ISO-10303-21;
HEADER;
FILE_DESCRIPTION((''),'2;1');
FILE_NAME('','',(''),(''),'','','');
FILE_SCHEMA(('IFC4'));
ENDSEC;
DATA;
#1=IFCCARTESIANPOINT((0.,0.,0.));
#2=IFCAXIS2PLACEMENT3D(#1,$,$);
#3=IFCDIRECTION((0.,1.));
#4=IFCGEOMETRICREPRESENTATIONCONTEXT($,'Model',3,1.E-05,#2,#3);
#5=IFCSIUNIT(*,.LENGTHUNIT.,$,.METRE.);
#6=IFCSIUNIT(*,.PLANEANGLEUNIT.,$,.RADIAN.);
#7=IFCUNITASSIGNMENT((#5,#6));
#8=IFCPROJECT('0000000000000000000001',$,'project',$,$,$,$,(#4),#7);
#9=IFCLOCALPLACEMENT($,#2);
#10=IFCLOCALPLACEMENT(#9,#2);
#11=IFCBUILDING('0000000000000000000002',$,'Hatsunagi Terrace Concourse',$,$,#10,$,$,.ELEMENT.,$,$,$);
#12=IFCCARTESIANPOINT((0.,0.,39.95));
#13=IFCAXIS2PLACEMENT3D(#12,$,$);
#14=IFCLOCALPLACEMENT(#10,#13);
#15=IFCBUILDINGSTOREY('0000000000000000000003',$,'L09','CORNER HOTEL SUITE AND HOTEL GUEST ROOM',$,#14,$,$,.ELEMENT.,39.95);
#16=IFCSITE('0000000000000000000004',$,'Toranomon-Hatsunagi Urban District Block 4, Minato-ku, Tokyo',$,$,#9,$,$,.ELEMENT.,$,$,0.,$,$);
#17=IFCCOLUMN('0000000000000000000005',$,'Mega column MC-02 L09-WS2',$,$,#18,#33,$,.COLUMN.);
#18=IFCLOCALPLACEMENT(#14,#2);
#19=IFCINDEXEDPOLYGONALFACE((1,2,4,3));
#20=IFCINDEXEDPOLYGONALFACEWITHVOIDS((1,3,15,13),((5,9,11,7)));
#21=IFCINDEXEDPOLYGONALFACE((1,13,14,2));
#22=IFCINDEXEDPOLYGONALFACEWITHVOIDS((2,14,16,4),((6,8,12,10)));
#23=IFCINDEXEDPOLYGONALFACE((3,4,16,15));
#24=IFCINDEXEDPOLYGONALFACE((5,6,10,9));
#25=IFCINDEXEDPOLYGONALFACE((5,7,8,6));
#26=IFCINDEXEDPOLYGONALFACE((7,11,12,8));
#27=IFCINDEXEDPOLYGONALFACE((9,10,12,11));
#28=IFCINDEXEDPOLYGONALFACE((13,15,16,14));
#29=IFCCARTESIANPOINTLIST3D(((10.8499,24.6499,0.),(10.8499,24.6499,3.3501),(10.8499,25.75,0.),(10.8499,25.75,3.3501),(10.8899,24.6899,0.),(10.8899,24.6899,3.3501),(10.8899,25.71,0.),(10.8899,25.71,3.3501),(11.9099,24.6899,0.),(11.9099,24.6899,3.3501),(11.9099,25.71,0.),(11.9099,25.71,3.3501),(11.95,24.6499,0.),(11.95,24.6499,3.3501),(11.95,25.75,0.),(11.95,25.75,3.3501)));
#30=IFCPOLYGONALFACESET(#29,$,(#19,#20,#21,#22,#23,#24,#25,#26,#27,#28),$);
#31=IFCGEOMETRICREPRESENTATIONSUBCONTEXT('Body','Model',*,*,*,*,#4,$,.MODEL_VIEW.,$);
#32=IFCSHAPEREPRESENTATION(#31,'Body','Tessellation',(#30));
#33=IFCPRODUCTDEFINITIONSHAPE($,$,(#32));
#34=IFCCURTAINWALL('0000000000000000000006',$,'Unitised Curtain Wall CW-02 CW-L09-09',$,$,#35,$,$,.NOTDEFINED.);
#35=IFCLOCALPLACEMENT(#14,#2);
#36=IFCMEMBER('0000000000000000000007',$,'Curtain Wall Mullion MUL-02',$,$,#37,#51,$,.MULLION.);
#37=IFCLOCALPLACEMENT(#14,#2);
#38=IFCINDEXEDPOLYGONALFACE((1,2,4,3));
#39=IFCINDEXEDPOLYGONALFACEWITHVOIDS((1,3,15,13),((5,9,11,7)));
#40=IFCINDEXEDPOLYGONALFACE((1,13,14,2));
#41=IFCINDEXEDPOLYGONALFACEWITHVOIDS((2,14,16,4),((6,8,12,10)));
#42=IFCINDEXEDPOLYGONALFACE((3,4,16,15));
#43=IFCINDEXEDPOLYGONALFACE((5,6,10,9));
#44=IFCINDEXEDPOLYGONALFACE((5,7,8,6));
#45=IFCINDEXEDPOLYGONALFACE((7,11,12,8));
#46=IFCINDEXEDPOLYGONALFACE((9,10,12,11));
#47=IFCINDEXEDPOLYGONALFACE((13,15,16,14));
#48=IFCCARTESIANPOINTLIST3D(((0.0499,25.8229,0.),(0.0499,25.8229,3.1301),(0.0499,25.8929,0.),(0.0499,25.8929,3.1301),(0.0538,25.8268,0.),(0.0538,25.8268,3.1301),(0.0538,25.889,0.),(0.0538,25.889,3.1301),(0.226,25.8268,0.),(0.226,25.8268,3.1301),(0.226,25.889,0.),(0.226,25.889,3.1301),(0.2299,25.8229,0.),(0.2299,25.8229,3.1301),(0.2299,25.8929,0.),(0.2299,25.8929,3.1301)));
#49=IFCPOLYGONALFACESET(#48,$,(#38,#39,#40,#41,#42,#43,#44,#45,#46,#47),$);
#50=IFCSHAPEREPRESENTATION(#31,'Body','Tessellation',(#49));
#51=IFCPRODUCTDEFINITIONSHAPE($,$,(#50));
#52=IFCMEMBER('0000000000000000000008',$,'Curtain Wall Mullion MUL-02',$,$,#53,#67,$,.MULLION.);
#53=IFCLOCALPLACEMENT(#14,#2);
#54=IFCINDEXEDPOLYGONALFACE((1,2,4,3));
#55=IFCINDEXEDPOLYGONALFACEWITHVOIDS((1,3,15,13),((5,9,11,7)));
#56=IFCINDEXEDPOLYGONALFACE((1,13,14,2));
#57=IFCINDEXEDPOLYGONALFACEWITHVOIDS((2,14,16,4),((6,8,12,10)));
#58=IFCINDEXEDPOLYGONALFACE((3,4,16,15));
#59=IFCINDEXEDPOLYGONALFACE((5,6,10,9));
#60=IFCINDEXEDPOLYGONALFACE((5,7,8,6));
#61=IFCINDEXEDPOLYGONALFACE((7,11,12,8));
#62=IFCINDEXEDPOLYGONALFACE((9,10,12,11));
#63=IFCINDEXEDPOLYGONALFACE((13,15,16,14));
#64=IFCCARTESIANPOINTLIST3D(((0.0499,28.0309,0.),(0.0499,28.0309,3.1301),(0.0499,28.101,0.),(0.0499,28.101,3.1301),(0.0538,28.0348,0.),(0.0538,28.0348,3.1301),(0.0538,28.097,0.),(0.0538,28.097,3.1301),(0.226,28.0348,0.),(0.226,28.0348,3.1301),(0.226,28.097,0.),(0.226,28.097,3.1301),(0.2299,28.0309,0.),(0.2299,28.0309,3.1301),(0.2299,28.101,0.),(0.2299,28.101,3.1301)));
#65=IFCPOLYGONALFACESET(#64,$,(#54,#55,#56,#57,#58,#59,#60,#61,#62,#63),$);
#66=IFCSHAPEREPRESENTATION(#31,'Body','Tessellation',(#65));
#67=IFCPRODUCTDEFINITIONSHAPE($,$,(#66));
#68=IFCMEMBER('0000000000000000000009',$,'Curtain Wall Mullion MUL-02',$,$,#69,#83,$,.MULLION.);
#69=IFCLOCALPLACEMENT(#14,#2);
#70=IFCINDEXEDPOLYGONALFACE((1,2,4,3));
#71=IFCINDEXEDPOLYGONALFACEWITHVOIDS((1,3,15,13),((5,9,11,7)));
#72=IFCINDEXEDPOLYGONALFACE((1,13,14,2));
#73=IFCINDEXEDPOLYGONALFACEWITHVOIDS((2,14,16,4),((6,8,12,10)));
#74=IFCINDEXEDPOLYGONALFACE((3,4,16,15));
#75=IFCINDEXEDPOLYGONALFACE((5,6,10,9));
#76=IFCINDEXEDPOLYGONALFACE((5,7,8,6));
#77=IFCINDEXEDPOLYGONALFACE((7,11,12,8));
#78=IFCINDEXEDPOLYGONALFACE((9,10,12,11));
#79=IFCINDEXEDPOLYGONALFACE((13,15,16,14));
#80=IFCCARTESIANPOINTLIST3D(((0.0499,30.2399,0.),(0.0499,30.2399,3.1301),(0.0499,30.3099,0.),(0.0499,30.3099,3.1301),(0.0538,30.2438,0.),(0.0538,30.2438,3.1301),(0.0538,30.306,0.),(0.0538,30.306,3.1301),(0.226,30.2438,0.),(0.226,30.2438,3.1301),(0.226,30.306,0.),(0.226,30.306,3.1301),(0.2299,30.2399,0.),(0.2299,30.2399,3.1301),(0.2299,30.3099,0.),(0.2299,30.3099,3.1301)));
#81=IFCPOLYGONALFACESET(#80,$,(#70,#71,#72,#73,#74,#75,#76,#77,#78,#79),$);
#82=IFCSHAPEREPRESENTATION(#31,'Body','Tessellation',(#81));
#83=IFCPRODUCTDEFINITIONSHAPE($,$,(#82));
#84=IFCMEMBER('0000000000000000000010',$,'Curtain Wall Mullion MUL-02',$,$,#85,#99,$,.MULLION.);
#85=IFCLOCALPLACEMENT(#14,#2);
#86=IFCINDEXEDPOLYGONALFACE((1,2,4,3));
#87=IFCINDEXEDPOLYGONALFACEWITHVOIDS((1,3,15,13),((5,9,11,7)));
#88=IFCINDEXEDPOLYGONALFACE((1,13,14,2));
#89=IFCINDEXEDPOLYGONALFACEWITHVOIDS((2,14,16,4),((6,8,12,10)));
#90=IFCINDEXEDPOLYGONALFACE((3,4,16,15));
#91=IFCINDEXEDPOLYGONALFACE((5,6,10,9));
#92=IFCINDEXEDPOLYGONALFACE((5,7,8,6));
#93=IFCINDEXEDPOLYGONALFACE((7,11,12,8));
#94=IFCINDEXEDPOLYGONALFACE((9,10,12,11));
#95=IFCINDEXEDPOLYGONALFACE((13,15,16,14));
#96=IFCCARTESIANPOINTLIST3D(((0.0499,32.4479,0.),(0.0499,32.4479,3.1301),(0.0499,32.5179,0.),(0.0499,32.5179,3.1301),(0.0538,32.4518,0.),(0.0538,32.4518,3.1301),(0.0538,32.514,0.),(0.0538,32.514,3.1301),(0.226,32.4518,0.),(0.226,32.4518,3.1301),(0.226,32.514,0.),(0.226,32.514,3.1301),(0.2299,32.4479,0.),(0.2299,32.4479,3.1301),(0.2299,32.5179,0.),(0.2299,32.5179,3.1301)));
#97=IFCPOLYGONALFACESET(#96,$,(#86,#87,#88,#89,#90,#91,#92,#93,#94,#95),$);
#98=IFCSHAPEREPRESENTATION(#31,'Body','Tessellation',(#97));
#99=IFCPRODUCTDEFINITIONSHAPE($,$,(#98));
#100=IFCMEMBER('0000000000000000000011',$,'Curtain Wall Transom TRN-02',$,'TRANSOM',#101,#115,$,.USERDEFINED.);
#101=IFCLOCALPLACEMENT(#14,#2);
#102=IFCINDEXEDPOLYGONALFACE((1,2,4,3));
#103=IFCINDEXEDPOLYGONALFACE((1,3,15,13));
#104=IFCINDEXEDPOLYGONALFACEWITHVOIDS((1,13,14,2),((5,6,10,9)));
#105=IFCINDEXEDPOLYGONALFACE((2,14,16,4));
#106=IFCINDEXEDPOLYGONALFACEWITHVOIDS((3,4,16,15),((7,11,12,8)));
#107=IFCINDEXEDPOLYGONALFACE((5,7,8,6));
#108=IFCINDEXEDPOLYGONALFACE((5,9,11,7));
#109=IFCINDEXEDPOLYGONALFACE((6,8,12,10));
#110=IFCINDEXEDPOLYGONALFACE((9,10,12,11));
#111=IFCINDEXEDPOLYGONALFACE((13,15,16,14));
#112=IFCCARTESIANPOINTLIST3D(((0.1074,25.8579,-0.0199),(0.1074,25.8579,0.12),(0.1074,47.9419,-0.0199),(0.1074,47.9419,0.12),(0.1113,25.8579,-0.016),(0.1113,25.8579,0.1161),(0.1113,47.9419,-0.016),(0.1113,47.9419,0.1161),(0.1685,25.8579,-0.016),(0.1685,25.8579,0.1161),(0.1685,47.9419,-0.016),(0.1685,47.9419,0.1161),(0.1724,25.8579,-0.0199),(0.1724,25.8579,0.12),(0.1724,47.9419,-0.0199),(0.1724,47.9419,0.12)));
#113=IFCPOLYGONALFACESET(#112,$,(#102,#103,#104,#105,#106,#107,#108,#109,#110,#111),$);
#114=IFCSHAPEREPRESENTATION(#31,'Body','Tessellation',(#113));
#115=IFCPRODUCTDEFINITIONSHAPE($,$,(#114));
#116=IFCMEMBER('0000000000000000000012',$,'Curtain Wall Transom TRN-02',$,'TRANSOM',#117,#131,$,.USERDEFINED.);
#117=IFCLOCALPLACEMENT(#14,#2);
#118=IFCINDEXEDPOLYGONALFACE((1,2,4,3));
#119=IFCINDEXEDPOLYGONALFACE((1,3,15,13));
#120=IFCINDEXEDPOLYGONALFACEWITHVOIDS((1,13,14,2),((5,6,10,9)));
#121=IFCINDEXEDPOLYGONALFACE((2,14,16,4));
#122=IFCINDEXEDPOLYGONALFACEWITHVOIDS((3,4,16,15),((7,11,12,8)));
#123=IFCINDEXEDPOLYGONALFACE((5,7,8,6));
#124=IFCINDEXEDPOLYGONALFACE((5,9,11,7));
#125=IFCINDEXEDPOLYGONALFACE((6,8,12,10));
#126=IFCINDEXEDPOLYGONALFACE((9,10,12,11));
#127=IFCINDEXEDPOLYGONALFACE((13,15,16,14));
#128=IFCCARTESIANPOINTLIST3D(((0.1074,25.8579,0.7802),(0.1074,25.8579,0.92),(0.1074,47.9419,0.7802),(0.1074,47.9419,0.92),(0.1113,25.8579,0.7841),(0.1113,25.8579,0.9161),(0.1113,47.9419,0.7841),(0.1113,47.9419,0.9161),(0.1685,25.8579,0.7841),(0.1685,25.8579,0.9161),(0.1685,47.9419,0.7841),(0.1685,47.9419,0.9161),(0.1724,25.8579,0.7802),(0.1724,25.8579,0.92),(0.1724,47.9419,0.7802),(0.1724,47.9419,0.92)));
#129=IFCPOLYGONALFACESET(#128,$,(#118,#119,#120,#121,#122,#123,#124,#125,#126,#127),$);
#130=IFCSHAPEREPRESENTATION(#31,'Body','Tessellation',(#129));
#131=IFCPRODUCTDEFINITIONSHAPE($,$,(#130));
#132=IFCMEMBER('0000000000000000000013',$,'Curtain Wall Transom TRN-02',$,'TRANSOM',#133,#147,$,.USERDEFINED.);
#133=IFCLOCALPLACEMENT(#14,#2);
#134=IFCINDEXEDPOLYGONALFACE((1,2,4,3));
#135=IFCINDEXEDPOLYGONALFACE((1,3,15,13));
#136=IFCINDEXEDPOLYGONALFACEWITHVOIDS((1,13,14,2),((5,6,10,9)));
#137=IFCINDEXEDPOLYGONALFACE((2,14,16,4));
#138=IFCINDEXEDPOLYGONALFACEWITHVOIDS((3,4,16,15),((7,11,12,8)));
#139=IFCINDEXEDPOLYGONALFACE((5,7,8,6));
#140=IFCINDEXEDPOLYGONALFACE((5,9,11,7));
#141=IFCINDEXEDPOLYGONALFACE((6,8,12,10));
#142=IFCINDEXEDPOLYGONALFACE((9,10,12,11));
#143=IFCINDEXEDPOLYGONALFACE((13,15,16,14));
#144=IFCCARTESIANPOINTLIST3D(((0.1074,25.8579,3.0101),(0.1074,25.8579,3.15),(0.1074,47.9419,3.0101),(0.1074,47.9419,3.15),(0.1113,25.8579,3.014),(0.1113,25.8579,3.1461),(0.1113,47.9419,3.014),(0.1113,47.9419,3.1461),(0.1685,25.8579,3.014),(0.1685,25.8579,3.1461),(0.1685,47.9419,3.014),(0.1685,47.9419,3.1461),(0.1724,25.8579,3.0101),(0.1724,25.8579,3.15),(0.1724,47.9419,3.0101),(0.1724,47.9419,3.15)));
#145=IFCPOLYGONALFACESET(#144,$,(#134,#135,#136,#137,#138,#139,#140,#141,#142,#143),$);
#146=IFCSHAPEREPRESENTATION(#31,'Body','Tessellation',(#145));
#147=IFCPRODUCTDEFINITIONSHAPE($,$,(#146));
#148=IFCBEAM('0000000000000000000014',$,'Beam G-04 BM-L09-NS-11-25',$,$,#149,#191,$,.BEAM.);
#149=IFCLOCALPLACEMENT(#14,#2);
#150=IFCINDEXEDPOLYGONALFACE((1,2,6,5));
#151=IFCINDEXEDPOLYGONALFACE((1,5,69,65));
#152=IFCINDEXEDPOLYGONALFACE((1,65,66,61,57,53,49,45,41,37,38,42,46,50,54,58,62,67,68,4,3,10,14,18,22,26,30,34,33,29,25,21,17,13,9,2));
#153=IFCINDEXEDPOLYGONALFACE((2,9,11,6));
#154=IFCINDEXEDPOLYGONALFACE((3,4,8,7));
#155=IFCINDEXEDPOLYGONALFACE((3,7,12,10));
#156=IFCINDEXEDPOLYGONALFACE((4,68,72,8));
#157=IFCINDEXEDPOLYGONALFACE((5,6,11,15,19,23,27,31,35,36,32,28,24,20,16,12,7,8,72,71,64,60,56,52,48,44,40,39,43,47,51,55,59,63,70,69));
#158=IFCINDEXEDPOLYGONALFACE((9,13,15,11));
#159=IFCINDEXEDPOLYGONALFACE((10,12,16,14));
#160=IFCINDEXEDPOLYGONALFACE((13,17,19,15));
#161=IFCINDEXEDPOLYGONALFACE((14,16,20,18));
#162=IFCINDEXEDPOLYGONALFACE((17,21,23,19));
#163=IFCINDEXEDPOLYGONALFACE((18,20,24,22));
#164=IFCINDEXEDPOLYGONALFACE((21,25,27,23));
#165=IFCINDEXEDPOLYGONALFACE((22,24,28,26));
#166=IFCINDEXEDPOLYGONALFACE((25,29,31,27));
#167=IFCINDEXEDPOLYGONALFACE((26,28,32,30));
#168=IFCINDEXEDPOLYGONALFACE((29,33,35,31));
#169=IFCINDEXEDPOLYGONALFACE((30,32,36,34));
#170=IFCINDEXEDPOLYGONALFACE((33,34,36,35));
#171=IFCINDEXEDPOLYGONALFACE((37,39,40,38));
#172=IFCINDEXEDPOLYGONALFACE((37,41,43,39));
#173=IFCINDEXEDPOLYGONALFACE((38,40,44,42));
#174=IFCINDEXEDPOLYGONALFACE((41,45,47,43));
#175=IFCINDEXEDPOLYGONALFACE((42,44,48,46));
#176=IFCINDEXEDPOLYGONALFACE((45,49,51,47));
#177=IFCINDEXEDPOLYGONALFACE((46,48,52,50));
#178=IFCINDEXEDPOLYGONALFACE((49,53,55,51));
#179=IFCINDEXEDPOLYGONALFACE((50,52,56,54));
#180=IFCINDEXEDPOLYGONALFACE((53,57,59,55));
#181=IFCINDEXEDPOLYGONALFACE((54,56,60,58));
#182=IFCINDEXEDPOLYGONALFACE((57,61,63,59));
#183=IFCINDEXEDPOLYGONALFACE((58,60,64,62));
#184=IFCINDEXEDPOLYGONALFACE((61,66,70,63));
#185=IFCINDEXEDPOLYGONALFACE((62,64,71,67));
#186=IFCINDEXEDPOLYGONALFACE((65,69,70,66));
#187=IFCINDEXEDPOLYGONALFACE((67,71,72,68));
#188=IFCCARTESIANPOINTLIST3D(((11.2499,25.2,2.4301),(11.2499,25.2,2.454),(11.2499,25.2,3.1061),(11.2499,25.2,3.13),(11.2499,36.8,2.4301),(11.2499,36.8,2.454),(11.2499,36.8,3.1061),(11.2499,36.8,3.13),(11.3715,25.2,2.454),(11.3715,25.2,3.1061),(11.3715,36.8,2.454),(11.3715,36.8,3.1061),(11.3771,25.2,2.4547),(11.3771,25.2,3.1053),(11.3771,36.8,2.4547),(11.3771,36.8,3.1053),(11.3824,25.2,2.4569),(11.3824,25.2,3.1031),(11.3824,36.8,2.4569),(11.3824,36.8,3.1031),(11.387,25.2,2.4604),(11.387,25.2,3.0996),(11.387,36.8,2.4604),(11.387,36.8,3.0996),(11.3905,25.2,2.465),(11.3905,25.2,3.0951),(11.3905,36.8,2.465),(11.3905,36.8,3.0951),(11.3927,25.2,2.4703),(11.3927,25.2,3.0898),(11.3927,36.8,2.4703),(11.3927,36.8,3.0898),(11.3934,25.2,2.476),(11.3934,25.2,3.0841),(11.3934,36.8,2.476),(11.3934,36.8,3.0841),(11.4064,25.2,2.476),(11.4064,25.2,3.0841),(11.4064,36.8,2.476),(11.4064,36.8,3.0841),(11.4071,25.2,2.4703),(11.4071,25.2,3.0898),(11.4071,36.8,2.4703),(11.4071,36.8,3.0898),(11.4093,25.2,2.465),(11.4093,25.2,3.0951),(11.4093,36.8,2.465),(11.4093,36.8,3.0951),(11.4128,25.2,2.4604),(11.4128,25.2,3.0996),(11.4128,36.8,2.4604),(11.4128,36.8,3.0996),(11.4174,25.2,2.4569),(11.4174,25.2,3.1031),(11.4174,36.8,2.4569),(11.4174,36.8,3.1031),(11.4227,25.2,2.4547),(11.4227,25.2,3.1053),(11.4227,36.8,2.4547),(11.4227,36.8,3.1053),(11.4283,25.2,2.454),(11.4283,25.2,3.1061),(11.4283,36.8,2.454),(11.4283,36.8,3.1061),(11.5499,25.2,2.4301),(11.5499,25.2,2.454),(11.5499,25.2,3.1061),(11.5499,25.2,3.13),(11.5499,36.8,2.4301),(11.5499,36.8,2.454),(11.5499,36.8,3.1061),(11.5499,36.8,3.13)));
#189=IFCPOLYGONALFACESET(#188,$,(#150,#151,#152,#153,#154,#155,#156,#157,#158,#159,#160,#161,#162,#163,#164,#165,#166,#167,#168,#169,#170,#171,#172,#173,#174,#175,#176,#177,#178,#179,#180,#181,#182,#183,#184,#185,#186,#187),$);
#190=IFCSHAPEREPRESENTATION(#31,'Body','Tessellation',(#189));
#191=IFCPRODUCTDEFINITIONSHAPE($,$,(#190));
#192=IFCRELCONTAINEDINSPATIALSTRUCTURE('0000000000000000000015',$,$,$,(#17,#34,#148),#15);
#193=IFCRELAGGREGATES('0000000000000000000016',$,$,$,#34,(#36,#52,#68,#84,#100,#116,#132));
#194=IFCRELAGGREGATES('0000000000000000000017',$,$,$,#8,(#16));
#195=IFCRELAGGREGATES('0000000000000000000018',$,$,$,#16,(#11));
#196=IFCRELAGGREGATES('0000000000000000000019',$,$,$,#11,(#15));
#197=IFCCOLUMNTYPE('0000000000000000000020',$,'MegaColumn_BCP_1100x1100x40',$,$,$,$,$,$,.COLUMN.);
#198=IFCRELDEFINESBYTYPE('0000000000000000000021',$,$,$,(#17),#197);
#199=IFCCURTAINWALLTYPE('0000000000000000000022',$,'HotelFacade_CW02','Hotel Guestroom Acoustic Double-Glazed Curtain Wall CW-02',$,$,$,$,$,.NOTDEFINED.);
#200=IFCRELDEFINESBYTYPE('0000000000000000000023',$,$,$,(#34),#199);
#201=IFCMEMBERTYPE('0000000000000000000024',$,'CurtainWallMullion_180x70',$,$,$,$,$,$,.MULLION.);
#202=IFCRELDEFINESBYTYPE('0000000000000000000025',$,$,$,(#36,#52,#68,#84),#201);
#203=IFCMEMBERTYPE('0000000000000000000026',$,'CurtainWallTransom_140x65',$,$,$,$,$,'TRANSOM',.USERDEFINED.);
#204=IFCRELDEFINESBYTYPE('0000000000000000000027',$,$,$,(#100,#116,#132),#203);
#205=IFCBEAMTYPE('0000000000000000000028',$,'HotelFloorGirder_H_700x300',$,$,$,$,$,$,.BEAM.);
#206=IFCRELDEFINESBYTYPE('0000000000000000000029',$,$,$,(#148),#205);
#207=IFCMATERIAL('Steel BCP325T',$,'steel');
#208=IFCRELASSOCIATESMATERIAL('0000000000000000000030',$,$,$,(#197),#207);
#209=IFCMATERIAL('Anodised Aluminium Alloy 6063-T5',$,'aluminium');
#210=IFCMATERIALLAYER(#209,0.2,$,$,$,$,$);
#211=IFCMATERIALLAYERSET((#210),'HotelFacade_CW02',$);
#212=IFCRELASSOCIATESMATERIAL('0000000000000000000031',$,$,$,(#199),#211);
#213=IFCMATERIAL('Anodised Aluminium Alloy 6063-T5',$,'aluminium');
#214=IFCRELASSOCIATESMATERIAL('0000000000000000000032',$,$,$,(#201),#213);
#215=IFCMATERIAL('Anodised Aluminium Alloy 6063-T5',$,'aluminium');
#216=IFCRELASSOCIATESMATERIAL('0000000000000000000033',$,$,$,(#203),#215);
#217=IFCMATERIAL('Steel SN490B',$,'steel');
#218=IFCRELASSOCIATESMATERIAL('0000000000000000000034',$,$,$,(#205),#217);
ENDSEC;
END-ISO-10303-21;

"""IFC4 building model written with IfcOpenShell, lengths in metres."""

from ifc_helpers import new_model, si_unit, direction, frame, origin, origin_2d, place, context, subcontext, project, spatial, hollow_rectangle, i_section, extrude, material, layer, layer_set, material_profile, profile_set, type_object, element, aggregate, save


model = new_model("IFC4")

# Units and contexts
model_context = context("Model", 3, precision=1e-05, world=origin(), true_north=direction((0.0, 1.0)))
body_context = subcontext(model_context, "Body", "Model", "MODEL_VIEW")
ifc_project = project(units=[si_unit("LENGTHUNIT", "METRE"), si_unit("PLANEANGLEUNIT", "RADIAN")], contexts=[model_context])

# Site, building, storey
site_placement = place(None, origin())
site = spatial("IfcSite", under=ifc_project, at=site_placement, Name="Toranomon-Hatsunagi Urban District Block 4, Minato-ku, Tokyo", CompositionType="ELEMENT", RefElevation=0.0)
building_placement = place(site_placement, origin())
building = spatial("IfcBuilding", under=site, at=building_placement, Name="Hatsunagi Terrace Concourse", CompositionType="ELEMENT")
storey_placement = place(building_placement, frame((0.0, 0.0, 39.95)))
storey = spatial("IfcBuildingStorey", under=building, at=storey_placement, Name="L09", Description="CORNER HOTEL SUITE AND HOTEL GUEST ROOM", CompositionType="ELEMENT", Elevation=39.95)

# Column
ifc_material_1 = material(Name="Steel BCP325T", Category="steel")
ifc_material_profile_1 = material_profile(ifc_material_1, hollow_rectangle(XDim=1.1001, YDim=1.1001, WallThickness=0.04, at=origin_2d()), Name="BCP-1100x1100x40")
ifc_profile_set_1 = profile_set([ifc_material_profile_1], Name="Steel BCP325T")
column_type = type_object("IfcColumnType", Name="MegaColumn_BCP_1100x1100x40", PredefinedType="COLUMN", material=ifc_profile_set_1)
column_placement = place(storey_placement, frame((11.3999, 25.2, 0.0), z_axis=(0.0, 0.0, 1.0), x_axis=(1.0, 0.0, 0.0)))
element("IfcColumn", 1, at=column_placement, inside=storey, type_object=column_type, Name="Mega column MC-02 L09-WS2", PredefinedType="COLUMN", context=body_context, shape_type="SweptSolid", body=[
    extrude(hollow_rectangle(XDim=1.1001, YDim=1.1001, WallThickness=0.04, at=origin_2d()), origin(), (0.0, 0.0, 1.0), 3.3501),
])

# Curtain wall, members
ifc_material_2 = material(Name="Anodised Aluminium Alloy 6063-T5", Category="aluminium")
ifc_layer_1 = layer(ifc_material_2, 0.2)
ifc_layer_set_1 = layer_set([ifc_layer_1], Name="HotelFacade_CW02")
curtain_wall_type = type_object("IfcCurtainWallType", Name="HotelFacade_CW02", Description="Hotel Guestroom Acoustic Double-Glazed Curtain Wall CW-02", PredefinedType="NOTDEFINED", material=ifc_layer_set_1)
curtain_wall_placement = place(storey_placement, origin())
curtain_wall = element("IfcCurtainWall", 2, at=curtain_wall_placement, inside=storey, type_object=curtain_wall_type, Name="Unitised Curtain Wall CW-02 CW-L09-09", PredefinedType="NOTDEFINED")
ifc_material_3 = material(Name="Anodised Aluminium Alloy 6063-T5", Category="aluminium")
ifc_material_profile_2 = material_profile(ifc_material_3, hollow_rectangle(XDim=0.0701, YDim=0.1799, WallThickness=0.0039, at=origin_2d()), Name="ALU-MUL-180x70x4")
ifc_profile_set_2 = profile_set([ifc_material_profile_2], Name="Anodised Aluminium Alloy 6063-T5")
member_type_1 = type_object("IfcMemberType", Name="CurtainWallMullion_180x70", PredefinedType="MULLION", material=ifc_profile_set_2)
member_1_placement = place(storey_placement, frame((0.1399, 25.8579, 0.0), z_axis=(0.0, 0.0, 1.0), x_axis=(0.0, 1.0, 0.0)))
member_1 = element("IfcMember", 3, at=member_1_placement, type_object=member_type_1, Name="Curtain Wall Mullion MUL-02", PredefinedType="MULLION", context=body_context, shape_type="SweptSolid", body=[
    extrude(hollow_rectangle(XDim=0.0701, YDim=0.1799, WallThickness=0.0039, at=origin_2d()), origin(), (0.0, 0.0, 1.0), 3.1301),
])
member_2_placement = place(storey_placement, frame((0.1399, 28.0659, 0.0), z_axis=(0.0, 0.0, 1.0), x_axis=(0.0, 1.0, 0.0)))
member_2 = element("IfcMember", 4, at=member_2_placement, type_object=member_type_1, Name="Curtain Wall Mullion MUL-02", PredefinedType="MULLION", context=body_context, shape_type="SweptSolid", body=[
    extrude(hollow_rectangle(XDim=0.0701, YDim=0.1799, WallThickness=0.0039, at=origin_2d()), origin(), (0.0, 0.0, 1.0), 3.1301),
])
member_3_placement = place(storey_placement, frame((0.1399, 30.2749, 0.0), z_axis=(0.0, 0.0, 1.0), x_axis=(0.0, 1.0, 0.0)))
member_3 = element("IfcMember", 5, at=member_3_placement, type_object=member_type_1, Name="Curtain Wall Mullion MUL-02", PredefinedType="MULLION", context=body_context, shape_type="SweptSolid", body=[
    extrude(hollow_rectangle(XDim=0.0701, YDim=0.1799, WallThickness=0.0039, at=origin_2d()), origin(), (0.0, 0.0, 1.0), 3.1301),
])
member_4_placement = place(storey_placement, frame((0.1399, 32.4829, 0.0), z_axis=(0.0, 0.0, 1.0), x_axis=(0.0, 1.0, 0.0)))
member_4 = element("IfcMember", 6, at=member_4_placement, type_object=member_type_1, Name="Curtain Wall Mullion MUL-02", PredefinedType="MULLION", context=body_context, shape_type="SweptSolid", body=[
    extrude(hollow_rectangle(XDim=0.0701, YDim=0.1799, WallThickness=0.0039, at=origin_2d()), origin(), (0.0, 0.0, 1.0), 3.1301),
])
ifc_material_4 = material(Name="Anodised Aluminium Alloy 6063-T5", Category="aluminium")
ifc_material_profile_3 = material_profile(ifc_material_4, hollow_rectangle(XDim=0.0649, YDim=0.1399, WallThickness=0.0039, at=origin_2d()), Name="ALU-TRN-140x65x4")
ifc_profile_set_3 = profile_set([ifc_material_profile_3], Name="Anodised Aluminium Alloy 6063-T5")
member_type_2 = type_object("IfcMemberType", Name="CurtainWallTransom_140x65", ElementType="TRANSOM", PredefinedType="USERDEFINED", material=ifc_profile_set_3)
member_5_placement = place(storey_placement, frame((0.1399, 25.8579, 0.05), z_axis=(0.0, 1.0, 0.0), x_axis=(-1.0, 0.0, 0.0)))
member_5 = element("IfcMember", 7, at=member_5_placement, type_object=member_type_2, Name="Curtain Wall Transom TRN-02", ObjectType="TRANSOM", PredefinedType="USERDEFINED", context=body_context, shape_type="SweptSolid", body=[
    extrude(hollow_rectangle(XDim=0.0649, YDim=0.1399, WallThickness=0.0039, at=origin_2d()), origin(), (0.0, 0.0, 1.0), 22.084),
])
member_6_placement = place(storey_placement, frame((0.1399, 25.8579, 0.8501), z_axis=(0.0, 1.0, 0.0), x_axis=(-1.0, 0.0, 0.0)))
member_6 = element("IfcMember", 8, at=member_6_placement, type_object=member_type_2, Name="Curtain Wall Transom TRN-02", ObjectType="TRANSOM", PredefinedType="USERDEFINED", context=body_context, shape_type="SweptSolid", body=[
    extrude(hollow_rectangle(XDim=0.0649, YDim=0.1399, WallThickness=0.0039, at=origin_2d()), origin(), (0.0, 0.0, 1.0), 22.084),
])
member_7_placement = place(storey_placement, frame((0.1399, 25.8579, 3.0801), z_axis=(0.0, 1.0, 0.0), x_axis=(-1.0, 0.0, 0.0)))
member_7 = element("IfcMember", 9, at=member_7_placement, type_object=member_type_2, Name="Curtain Wall Transom TRN-02", ObjectType="TRANSOM", PredefinedType="USERDEFINED", context=body_context, shape_type="SweptSolid", body=[
    extrude(hollow_rectangle(XDim=0.0649, YDim=0.1399, WallThickness=0.0039, at=origin_2d()), origin(), (0.0, 0.0, 1.0), 22.084),
])

# Beam
ifc_material_5 = material(Name="Steel SN490B", Category="steel")
ifc_material_profile_4 = material_profile(ifc_material_5, i_section(OverallWidth=0.3, OverallDepth=0.7, WebThickness=0.0129, FlangeThickness=0.0239, FilletRadius=0.022, at=origin_2d()), Name="H-700x300x13x24")
ifc_profile_set_4 = profile_set([ifc_material_profile_4], Name="Steel SN490B")
beam_type_1 = type_object("IfcBeamType", Name="HotelFloorGirder_H_700x300", PredefinedType="BEAM", material=ifc_profile_set_4)
beam_1_placement = place(storey_placement, frame((11.3999, 25.2, 2.78), z_axis=(0.0, 1.0, 0.0), x_axis=(-1.0, 0.0, 0.0)))
element("IfcBeam", 10, at=beam_1_placement, inside=storey, type_object=beam_type_1, Name="Beam G-04 BM-L09-NS-11-25", PredefinedType="BEAM", context=body_context, shape_type="SweptSolid", body=[
    extrude(i_section(OverallWidth=0.3, OverallDepth=0.7, WebThickness=0.0129, FlangeThickness=0.0239, FilletRadius=0.022, at=origin_2d()), origin(), (0.0, 0.0, 1.0), 11.6001),
])

aggregate(curtain_wall, [member_1, member_2, member_3, member_4, member_5, member_6, member_7])

save(model, "model.ifc")
